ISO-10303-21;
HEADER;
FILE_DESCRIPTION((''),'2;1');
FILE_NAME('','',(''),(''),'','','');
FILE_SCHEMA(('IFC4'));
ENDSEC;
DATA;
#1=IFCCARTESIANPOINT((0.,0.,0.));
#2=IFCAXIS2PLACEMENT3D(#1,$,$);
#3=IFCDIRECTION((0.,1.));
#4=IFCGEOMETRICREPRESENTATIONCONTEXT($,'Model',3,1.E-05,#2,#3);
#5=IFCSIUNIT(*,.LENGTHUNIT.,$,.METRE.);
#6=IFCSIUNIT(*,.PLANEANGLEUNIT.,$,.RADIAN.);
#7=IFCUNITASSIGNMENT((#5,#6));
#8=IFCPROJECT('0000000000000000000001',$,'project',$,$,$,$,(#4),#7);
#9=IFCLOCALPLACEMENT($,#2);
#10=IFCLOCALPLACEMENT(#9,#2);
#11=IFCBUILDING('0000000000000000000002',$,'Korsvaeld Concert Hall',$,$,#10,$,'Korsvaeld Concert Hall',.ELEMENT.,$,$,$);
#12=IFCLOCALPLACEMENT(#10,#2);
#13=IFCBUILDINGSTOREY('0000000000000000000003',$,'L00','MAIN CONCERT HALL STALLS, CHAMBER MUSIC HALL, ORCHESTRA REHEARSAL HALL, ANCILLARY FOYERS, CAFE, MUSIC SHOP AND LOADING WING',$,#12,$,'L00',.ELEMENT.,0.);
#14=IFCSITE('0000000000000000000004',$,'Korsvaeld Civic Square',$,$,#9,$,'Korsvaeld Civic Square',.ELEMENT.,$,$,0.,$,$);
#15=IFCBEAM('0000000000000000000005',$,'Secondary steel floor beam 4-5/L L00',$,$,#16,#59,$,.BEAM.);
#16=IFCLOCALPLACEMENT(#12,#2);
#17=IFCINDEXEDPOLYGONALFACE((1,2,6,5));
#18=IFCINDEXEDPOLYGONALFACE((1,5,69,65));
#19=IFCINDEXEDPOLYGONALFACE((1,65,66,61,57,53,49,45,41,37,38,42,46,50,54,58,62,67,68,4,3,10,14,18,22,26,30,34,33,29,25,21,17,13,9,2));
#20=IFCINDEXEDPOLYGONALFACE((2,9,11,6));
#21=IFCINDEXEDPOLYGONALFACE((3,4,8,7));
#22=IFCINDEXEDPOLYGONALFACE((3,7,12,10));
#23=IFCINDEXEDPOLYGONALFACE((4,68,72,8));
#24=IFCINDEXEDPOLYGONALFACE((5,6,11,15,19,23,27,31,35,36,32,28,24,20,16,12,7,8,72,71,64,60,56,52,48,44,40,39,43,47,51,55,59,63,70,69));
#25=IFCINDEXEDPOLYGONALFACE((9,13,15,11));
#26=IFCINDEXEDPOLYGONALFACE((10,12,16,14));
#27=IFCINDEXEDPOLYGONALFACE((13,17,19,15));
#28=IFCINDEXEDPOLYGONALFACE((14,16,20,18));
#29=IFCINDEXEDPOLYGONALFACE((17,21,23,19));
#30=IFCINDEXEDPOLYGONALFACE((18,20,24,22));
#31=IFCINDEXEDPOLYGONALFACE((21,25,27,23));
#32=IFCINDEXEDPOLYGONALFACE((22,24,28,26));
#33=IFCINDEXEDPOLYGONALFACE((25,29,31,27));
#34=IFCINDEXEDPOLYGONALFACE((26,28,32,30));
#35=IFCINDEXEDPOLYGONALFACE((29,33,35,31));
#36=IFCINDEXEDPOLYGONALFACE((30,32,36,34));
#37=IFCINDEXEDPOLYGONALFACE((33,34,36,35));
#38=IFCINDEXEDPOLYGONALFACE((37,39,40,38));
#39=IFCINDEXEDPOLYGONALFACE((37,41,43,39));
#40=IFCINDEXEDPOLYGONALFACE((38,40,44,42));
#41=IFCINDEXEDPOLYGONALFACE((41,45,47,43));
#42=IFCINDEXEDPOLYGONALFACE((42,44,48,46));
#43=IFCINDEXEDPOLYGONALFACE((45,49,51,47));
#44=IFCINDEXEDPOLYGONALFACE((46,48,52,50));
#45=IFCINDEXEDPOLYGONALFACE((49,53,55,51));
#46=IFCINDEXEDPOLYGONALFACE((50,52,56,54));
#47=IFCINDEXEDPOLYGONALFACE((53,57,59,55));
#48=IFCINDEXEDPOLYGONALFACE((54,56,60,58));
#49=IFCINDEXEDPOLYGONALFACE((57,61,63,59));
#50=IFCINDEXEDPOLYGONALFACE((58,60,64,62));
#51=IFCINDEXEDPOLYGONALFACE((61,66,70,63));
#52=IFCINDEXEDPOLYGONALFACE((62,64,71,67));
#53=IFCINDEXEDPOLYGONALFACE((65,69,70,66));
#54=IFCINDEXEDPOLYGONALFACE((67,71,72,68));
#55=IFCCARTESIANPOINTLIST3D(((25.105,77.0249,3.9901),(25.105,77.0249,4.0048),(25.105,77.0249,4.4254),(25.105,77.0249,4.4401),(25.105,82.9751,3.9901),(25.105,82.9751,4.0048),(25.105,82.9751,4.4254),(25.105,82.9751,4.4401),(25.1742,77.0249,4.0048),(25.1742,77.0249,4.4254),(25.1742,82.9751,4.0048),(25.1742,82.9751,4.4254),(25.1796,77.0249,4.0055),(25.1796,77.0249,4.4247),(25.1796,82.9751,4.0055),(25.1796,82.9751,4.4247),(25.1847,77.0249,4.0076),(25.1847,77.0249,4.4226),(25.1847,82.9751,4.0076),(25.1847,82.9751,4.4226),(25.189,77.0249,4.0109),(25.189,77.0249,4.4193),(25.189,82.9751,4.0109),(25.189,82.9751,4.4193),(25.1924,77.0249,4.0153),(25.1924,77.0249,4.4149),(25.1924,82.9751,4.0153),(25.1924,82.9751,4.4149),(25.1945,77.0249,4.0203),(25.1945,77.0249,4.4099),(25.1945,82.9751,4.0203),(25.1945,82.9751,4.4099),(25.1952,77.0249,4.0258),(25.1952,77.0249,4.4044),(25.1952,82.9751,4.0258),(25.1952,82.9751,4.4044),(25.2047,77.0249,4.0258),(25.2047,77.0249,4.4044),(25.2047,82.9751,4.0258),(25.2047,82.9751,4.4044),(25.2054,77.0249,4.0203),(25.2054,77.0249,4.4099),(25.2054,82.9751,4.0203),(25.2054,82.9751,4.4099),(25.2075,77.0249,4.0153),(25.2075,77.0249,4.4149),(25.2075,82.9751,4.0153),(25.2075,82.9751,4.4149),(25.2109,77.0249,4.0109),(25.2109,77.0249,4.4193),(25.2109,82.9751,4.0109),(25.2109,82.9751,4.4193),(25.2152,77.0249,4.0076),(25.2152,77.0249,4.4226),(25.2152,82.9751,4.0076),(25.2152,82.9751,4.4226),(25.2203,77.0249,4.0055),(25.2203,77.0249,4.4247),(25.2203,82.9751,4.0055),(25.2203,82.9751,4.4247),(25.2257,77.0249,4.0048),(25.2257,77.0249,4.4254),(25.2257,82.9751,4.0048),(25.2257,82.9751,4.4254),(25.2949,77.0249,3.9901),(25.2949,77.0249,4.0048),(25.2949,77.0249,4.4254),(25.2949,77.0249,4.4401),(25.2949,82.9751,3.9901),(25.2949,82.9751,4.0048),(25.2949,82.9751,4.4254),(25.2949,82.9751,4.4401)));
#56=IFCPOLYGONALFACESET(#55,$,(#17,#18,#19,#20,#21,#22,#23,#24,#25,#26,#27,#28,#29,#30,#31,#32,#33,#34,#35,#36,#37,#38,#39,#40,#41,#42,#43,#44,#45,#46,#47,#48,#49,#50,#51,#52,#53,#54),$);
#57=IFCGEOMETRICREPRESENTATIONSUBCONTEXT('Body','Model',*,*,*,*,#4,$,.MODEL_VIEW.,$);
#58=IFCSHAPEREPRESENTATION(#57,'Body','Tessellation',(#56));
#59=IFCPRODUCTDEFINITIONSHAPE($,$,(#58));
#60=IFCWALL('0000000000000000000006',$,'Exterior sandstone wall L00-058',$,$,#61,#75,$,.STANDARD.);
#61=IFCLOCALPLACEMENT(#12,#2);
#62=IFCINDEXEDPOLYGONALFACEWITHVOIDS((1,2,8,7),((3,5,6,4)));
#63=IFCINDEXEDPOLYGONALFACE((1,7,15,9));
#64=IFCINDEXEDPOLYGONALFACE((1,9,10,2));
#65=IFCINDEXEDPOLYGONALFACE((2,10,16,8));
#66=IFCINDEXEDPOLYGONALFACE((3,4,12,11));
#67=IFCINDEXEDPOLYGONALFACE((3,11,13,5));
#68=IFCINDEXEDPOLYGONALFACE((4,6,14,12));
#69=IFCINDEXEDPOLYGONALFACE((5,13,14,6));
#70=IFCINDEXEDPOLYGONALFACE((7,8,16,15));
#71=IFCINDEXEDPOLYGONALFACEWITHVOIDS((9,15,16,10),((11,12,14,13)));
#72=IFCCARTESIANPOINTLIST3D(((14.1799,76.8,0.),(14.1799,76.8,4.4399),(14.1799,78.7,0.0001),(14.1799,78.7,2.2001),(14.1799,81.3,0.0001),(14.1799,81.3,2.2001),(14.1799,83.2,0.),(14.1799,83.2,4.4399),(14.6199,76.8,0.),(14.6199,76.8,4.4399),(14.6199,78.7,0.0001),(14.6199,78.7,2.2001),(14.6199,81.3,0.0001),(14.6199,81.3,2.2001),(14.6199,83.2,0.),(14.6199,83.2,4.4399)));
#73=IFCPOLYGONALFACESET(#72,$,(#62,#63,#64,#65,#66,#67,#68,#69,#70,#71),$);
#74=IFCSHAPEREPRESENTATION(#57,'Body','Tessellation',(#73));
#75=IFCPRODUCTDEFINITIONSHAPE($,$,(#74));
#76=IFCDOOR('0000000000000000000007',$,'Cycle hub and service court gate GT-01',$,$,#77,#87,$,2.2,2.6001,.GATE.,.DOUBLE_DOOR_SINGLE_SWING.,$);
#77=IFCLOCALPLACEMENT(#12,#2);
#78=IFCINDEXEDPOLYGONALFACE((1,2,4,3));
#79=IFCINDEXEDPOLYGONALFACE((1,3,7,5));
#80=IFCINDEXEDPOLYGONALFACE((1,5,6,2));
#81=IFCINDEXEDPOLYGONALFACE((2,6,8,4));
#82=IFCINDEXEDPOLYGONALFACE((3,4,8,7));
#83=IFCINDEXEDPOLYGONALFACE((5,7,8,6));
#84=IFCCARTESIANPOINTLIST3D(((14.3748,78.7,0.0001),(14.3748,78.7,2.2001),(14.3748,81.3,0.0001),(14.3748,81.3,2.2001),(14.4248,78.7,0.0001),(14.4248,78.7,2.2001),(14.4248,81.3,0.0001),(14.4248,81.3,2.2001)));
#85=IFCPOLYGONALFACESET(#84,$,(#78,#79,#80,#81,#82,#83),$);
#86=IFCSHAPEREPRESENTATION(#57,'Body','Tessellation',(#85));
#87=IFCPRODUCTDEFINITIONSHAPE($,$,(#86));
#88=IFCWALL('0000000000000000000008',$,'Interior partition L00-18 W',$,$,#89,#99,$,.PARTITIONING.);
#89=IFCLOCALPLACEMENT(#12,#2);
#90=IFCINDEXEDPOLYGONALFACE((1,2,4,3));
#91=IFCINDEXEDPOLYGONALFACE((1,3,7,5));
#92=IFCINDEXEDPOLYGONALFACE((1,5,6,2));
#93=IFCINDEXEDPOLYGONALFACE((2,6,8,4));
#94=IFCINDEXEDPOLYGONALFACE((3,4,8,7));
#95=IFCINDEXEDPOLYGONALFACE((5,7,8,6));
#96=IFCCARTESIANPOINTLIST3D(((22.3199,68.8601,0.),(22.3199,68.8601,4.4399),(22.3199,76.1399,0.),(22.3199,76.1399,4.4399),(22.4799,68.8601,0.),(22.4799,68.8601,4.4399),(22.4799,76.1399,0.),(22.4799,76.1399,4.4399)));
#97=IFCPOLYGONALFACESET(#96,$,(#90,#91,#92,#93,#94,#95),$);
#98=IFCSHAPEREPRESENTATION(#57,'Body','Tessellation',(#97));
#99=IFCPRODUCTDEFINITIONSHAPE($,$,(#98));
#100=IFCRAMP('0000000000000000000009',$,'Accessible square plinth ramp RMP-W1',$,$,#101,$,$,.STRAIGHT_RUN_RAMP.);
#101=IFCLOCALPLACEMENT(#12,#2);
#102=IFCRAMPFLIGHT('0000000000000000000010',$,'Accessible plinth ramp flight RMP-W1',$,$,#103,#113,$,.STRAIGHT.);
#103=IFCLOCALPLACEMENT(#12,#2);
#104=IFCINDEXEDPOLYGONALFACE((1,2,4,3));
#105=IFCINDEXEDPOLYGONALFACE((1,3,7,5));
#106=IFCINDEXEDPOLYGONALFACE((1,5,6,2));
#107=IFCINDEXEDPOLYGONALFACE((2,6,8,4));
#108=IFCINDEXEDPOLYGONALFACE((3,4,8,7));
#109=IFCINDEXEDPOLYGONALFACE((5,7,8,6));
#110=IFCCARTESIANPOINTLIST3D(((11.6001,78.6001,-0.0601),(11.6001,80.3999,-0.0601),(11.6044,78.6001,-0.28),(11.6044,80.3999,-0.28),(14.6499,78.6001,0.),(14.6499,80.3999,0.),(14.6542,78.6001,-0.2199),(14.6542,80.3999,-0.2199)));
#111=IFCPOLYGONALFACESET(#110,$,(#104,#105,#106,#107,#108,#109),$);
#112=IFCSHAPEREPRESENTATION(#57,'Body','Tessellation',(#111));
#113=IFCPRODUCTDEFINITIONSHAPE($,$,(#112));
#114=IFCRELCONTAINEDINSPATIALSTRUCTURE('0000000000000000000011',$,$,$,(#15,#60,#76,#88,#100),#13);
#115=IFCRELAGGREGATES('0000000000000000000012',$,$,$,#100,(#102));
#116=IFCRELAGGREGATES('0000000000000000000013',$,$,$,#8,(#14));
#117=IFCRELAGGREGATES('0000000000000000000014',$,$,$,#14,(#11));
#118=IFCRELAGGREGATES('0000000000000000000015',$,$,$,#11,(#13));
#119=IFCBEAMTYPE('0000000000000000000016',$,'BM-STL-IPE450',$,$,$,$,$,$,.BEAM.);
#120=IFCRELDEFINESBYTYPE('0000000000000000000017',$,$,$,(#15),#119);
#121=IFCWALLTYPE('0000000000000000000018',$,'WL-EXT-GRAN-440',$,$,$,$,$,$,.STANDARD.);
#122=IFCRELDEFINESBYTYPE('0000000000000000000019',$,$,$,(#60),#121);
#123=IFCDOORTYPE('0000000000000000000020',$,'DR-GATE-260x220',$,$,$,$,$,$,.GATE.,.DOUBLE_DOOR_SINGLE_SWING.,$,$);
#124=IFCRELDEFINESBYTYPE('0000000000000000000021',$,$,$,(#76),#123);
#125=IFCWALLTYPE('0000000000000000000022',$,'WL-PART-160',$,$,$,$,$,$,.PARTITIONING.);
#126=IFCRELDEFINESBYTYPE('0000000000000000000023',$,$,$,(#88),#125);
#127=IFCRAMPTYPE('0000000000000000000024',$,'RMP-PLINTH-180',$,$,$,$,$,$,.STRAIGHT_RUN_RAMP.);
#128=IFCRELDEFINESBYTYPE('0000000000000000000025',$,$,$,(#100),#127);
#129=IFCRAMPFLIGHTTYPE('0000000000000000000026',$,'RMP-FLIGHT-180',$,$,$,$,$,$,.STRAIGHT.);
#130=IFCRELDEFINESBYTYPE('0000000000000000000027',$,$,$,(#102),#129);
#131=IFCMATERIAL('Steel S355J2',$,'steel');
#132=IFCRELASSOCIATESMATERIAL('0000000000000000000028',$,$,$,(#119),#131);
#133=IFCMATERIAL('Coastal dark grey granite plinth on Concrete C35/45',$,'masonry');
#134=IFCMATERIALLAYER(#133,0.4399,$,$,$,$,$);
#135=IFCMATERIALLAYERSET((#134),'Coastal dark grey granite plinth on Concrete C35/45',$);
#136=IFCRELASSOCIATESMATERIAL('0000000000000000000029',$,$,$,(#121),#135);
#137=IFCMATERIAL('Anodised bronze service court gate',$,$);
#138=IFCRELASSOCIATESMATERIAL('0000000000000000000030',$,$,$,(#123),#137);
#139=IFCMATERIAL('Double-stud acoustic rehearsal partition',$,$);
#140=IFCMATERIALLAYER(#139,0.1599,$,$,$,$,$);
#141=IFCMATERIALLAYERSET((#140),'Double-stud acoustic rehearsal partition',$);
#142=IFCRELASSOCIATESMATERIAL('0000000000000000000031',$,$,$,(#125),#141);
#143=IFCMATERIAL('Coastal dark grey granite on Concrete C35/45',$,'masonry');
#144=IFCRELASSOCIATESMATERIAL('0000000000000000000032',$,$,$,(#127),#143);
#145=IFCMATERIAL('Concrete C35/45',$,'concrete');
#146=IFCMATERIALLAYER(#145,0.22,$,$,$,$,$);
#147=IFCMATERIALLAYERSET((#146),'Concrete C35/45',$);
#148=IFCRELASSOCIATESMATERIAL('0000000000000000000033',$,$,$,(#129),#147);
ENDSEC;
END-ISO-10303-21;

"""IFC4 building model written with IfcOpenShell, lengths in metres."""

from ifc_helpers import new_model, si_unit, direction, frame, frame_2d, origin, origin_2d, place, context, subcontext, project, spatial, polyline, rectangle, i_section, outline, extrude, material, layer, layer_set, material_profile, profile_set, type_object, element, fill, aggregate, save


model = new_model("IFC4")

# Units and contexts
model_context = context("Model", 3, precision=1e-05, world=origin(), true_north=direction((0.0, 1.0)))
body_context = subcontext(model_context, "Body", "Model", "MODEL_VIEW")
ifc_project = project(units=[si_unit("LENGTHUNIT", "METRE"), si_unit("PLANEANGLEUNIT", "RADIAN")], contexts=[model_context])

# Site, building, storey
site_placement = place(None, origin())
site = spatial("IfcSite", under=ifc_project, at=site_placement, Name="Korsvaeld Civic Square", LongName="Korsvaeld Civic Square", CompositionType="ELEMENT", RefElevation=0.0)
building_placement = place(site_placement, origin())
building = spatial("IfcBuilding", under=site, at=building_placement, Name="Korsvaeld Concert Hall", LongName="Korsvaeld Concert Hall", CompositionType="ELEMENT")
storey_placement = place(building_placement, origin())
storey = spatial("IfcBuildingStorey", under=building, at=storey_placement, Name="L00", Description="MAIN CONCERT HALL STALLS, CHAMBER MUSIC HALL, ORCHESTRA REHEARSAL HALL, ANCILLARY FOYERS, CAFE, MUSIC SHOP AND LOADING WING", LongName="L00", CompositionType="ELEMENT", Elevation=0.0)

# Beam
ifc_material_1 = material(Name="Concrete C35/45", Category="concrete")
ifc_material_2 = material(Name="Steel S355J2", Category="steel")
ifc_material_profile_1 = material_profile(ifc_material_2, i_section(OverallWidth=0.1899, OverallDepth=0.45, WebThickness=0.0095, FlangeThickness=0.0146, FilletRadius=0.021, at=origin_2d()), Name="IPE 450")
ifc_profile_set_1 = profile_set([ifc_material_profile_1], Name="Steel S355J2")
beam_type_1 = type_object("IfcBeamType", Name="BM-STL-IPE450", PredefinedType="BEAM", material=ifc_profile_set_1)
beam_1_placement = place(storey_placement, frame((25.2, 77.0249, 4.2151), z_axis=(0.0, 1.0, 0.0), x_axis=(-1.0, 0.0, 0.0)))
element("IfcBeam", 1, at=beam_1_placement, inside=storey, type_object=beam_type_1, Name="Secondary steel floor beam 4-5/L L00", PredefinedType="BEAM", context=body_context, shape_type="SweptSolid", body=[
    extrude(i_section(OverallWidth=0.1899, OverallDepth=0.45, WebThickness=0.0095, FlangeThickness=0.0146, FilletRadius=0.021, at=origin_2d()), origin(), (0.0, 0.0, 1.0), 5.9502),
])

# Wall, opening, door
ifc_material_3 = material(Name="Coastal dark grey granite plinth on Concrete C35/45", Category="masonry")
ifc_layer_1 = layer(ifc_material_3, 0.4399)
ifc_layer_set_1 = layer_set([ifc_layer_1], Name="Coastal dark grey granite plinth on Concrete C35/45")
wall_type_1 = type_object("IfcWallType", Name="WL-EXT-GRAN-440", PredefinedType="STANDARD", material=ifc_layer_set_1)
wall_1_placement = place(storey_placement, frame((14.3999, 76.8, 0.0), z_axis=(0.0, 0.0, 1.0), x_axis=(0.0, 1.0, 0.0)))
wall_1 = element("IfcWall", 2, at=wall_1_placement, inside=storey, type_object=wall_type_1, Name="Exterior sandstone wall L00-058", PredefinedType="STANDARD", context=body_context, shape_type="SweptSolid", body=[
    extrude(rectangle(XDim=6.3999, YDim=0.4399, at=frame_2d((3.2, 0.0))), origin(), (0.0, 0.0, 1.0), 4.4399),
])
opening_placement = place(wall_1_placement, frame((1.8999, 0.0, 0.0)))
opening = element("IfcOpeningElement", 3, at=opening_placement, cuts=wall_1, PredefinedType="OPENING", context=body_context, shape_type="SweptSolid", body=[
    extrude(rectangle(XDim=2.6001, YDim=2.2, at=frame_2d((1.3, 1.1001))), frame((0.0, 0.23, 0.0), z_axis=(0.0, -1.0, 0.0), x_axis=(1.0, 0.0, 0.0)), (0.0, 0.0, 1.0), 0.46),
])
ifc_material_4 = material(Name="Anodised bronze service court gate")
door_type = type_object("IfcDoorType", Name="DR-GATE-260x220", OperationType="DOUBLE_DOOR_SINGLE_SWING", PredefinedType="GATE", material=ifc_material_4)
door_placement = place(opening_placement, frame((2.6001, 0.0, 0.0), z_axis=(0.0, 0.0, 1.0), x_axis=(-1.0, 0.0, 0.0)))
door = element("IfcDoor", 4, at=door_placement, inside=storey, type_object=door_type, Name="Cycle hub and service court gate GT-01", OperationType="DOUBLE_DOOR_SINGLE_SWING", OverallHeight=2.2, OverallWidth=2.6001, PredefinedType="GATE", context=body_context, shape_type="SweptSolid", body=[
    extrude(rectangle(XDim=2.6001, YDim=2.2, at=frame_2d((1.3, 1.1001))), frame((0.0, 0.0249, 0.0), z_axis=(0.0, -1.0, 0.0), x_axis=(1.0, 0.0, 0.0)), (0.0, 0.0, 1.0), 0.05),
])
fill(opening, door)

# Wall
ifc_material_5 = material(Name="Double-stud acoustic rehearsal partition")
ifc_layer_2 = layer(ifc_material_5, 0.1599)
ifc_layer_set_2 = layer_set([ifc_layer_2], Name="Double-stud acoustic rehearsal partition")
wall_type_2 = type_object("IfcWallType", Name="WL-PART-160", PredefinedType="PARTITIONING", material=ifc_layer_set_2)
wall_2_placement = place(storey_placement, frame((22.3999, 76.1399, 0.0), z_axis=(0.0, 0.0, 1.0), x_axis=(0.0, -1.0, 0.0)))
element("IfcWall", 5, at=wall_2_placement, inside=storey, type_object=wall_type_2, Name="Interior partition L00-18 W", PredefinedType="PARTITIONING", context=body_context, shape_type="SweptSolid", body=[
    extrude(rectangle(XDim=7.2798, YDim=0.1599, at=frame_2d((3.6399, 0.0))), origin(), (0.0, 0.0, 1.0), 4.4399),
])

# Ramp, ramp flight
ifc_material_6 = material(Name="Coastal dark grey granite on Concrete C35/45", Category="masonry")
ramp_type = type_object("IfcRampType", Name="RMP-PLINTH-180", PredefinedType="STRAIGHT_RUN_RAMP", material=ifc_material_6)
ramp_placement = place(storey_placement, origin())
ramp = element("IfcRamp", 6, at=ramp_placement, inside=storey, type_object=ramp_type, Name="Accessible square plinth ramp RMP-W1", PredefinedType="STRAIGHT_RUN_RAMP")
ifc_layer_3 = layer(ifc_material_1, 0.22)
ifc_layer_set_3 = layer_set([ifc_layer_3], Name="Concrete C35/45")
ramp_flight_type = type_object("IfcRampFlightType", Name="RMP-FLIGHT-180", PredefinedType="STRAIGHT", material=ifc_layer_set_3)
ramp_flight_placement = place(storey_placement, frame((11.6001, 78.6001, -0.0601), z_axis=(-0.019689, 0.0, 0.999806), x_axis=(0.999806, 0.0, 0.019689)))
ramp_flight = element("IfcRampFlight", 7, at=ramp_flight_placement, type_object=ramp_flight_type, Name="Accessible plinth ramp flight RMP-W1", PredefinedType="STRAIGHT", context=body_context, shape_type="SweptSolid", body=[
    extrude(outline(polyline([(0.0, 0.0), (3.0504, 0.0), (3.0504, 1.7998), (0.0, 1.7998), (0.0, 0.0)])), origin(), (0.0, 0.0, -1.0), 0.22),
])
aggregate(ramp, [ramp_flight])

save(model, "model.ifc")
